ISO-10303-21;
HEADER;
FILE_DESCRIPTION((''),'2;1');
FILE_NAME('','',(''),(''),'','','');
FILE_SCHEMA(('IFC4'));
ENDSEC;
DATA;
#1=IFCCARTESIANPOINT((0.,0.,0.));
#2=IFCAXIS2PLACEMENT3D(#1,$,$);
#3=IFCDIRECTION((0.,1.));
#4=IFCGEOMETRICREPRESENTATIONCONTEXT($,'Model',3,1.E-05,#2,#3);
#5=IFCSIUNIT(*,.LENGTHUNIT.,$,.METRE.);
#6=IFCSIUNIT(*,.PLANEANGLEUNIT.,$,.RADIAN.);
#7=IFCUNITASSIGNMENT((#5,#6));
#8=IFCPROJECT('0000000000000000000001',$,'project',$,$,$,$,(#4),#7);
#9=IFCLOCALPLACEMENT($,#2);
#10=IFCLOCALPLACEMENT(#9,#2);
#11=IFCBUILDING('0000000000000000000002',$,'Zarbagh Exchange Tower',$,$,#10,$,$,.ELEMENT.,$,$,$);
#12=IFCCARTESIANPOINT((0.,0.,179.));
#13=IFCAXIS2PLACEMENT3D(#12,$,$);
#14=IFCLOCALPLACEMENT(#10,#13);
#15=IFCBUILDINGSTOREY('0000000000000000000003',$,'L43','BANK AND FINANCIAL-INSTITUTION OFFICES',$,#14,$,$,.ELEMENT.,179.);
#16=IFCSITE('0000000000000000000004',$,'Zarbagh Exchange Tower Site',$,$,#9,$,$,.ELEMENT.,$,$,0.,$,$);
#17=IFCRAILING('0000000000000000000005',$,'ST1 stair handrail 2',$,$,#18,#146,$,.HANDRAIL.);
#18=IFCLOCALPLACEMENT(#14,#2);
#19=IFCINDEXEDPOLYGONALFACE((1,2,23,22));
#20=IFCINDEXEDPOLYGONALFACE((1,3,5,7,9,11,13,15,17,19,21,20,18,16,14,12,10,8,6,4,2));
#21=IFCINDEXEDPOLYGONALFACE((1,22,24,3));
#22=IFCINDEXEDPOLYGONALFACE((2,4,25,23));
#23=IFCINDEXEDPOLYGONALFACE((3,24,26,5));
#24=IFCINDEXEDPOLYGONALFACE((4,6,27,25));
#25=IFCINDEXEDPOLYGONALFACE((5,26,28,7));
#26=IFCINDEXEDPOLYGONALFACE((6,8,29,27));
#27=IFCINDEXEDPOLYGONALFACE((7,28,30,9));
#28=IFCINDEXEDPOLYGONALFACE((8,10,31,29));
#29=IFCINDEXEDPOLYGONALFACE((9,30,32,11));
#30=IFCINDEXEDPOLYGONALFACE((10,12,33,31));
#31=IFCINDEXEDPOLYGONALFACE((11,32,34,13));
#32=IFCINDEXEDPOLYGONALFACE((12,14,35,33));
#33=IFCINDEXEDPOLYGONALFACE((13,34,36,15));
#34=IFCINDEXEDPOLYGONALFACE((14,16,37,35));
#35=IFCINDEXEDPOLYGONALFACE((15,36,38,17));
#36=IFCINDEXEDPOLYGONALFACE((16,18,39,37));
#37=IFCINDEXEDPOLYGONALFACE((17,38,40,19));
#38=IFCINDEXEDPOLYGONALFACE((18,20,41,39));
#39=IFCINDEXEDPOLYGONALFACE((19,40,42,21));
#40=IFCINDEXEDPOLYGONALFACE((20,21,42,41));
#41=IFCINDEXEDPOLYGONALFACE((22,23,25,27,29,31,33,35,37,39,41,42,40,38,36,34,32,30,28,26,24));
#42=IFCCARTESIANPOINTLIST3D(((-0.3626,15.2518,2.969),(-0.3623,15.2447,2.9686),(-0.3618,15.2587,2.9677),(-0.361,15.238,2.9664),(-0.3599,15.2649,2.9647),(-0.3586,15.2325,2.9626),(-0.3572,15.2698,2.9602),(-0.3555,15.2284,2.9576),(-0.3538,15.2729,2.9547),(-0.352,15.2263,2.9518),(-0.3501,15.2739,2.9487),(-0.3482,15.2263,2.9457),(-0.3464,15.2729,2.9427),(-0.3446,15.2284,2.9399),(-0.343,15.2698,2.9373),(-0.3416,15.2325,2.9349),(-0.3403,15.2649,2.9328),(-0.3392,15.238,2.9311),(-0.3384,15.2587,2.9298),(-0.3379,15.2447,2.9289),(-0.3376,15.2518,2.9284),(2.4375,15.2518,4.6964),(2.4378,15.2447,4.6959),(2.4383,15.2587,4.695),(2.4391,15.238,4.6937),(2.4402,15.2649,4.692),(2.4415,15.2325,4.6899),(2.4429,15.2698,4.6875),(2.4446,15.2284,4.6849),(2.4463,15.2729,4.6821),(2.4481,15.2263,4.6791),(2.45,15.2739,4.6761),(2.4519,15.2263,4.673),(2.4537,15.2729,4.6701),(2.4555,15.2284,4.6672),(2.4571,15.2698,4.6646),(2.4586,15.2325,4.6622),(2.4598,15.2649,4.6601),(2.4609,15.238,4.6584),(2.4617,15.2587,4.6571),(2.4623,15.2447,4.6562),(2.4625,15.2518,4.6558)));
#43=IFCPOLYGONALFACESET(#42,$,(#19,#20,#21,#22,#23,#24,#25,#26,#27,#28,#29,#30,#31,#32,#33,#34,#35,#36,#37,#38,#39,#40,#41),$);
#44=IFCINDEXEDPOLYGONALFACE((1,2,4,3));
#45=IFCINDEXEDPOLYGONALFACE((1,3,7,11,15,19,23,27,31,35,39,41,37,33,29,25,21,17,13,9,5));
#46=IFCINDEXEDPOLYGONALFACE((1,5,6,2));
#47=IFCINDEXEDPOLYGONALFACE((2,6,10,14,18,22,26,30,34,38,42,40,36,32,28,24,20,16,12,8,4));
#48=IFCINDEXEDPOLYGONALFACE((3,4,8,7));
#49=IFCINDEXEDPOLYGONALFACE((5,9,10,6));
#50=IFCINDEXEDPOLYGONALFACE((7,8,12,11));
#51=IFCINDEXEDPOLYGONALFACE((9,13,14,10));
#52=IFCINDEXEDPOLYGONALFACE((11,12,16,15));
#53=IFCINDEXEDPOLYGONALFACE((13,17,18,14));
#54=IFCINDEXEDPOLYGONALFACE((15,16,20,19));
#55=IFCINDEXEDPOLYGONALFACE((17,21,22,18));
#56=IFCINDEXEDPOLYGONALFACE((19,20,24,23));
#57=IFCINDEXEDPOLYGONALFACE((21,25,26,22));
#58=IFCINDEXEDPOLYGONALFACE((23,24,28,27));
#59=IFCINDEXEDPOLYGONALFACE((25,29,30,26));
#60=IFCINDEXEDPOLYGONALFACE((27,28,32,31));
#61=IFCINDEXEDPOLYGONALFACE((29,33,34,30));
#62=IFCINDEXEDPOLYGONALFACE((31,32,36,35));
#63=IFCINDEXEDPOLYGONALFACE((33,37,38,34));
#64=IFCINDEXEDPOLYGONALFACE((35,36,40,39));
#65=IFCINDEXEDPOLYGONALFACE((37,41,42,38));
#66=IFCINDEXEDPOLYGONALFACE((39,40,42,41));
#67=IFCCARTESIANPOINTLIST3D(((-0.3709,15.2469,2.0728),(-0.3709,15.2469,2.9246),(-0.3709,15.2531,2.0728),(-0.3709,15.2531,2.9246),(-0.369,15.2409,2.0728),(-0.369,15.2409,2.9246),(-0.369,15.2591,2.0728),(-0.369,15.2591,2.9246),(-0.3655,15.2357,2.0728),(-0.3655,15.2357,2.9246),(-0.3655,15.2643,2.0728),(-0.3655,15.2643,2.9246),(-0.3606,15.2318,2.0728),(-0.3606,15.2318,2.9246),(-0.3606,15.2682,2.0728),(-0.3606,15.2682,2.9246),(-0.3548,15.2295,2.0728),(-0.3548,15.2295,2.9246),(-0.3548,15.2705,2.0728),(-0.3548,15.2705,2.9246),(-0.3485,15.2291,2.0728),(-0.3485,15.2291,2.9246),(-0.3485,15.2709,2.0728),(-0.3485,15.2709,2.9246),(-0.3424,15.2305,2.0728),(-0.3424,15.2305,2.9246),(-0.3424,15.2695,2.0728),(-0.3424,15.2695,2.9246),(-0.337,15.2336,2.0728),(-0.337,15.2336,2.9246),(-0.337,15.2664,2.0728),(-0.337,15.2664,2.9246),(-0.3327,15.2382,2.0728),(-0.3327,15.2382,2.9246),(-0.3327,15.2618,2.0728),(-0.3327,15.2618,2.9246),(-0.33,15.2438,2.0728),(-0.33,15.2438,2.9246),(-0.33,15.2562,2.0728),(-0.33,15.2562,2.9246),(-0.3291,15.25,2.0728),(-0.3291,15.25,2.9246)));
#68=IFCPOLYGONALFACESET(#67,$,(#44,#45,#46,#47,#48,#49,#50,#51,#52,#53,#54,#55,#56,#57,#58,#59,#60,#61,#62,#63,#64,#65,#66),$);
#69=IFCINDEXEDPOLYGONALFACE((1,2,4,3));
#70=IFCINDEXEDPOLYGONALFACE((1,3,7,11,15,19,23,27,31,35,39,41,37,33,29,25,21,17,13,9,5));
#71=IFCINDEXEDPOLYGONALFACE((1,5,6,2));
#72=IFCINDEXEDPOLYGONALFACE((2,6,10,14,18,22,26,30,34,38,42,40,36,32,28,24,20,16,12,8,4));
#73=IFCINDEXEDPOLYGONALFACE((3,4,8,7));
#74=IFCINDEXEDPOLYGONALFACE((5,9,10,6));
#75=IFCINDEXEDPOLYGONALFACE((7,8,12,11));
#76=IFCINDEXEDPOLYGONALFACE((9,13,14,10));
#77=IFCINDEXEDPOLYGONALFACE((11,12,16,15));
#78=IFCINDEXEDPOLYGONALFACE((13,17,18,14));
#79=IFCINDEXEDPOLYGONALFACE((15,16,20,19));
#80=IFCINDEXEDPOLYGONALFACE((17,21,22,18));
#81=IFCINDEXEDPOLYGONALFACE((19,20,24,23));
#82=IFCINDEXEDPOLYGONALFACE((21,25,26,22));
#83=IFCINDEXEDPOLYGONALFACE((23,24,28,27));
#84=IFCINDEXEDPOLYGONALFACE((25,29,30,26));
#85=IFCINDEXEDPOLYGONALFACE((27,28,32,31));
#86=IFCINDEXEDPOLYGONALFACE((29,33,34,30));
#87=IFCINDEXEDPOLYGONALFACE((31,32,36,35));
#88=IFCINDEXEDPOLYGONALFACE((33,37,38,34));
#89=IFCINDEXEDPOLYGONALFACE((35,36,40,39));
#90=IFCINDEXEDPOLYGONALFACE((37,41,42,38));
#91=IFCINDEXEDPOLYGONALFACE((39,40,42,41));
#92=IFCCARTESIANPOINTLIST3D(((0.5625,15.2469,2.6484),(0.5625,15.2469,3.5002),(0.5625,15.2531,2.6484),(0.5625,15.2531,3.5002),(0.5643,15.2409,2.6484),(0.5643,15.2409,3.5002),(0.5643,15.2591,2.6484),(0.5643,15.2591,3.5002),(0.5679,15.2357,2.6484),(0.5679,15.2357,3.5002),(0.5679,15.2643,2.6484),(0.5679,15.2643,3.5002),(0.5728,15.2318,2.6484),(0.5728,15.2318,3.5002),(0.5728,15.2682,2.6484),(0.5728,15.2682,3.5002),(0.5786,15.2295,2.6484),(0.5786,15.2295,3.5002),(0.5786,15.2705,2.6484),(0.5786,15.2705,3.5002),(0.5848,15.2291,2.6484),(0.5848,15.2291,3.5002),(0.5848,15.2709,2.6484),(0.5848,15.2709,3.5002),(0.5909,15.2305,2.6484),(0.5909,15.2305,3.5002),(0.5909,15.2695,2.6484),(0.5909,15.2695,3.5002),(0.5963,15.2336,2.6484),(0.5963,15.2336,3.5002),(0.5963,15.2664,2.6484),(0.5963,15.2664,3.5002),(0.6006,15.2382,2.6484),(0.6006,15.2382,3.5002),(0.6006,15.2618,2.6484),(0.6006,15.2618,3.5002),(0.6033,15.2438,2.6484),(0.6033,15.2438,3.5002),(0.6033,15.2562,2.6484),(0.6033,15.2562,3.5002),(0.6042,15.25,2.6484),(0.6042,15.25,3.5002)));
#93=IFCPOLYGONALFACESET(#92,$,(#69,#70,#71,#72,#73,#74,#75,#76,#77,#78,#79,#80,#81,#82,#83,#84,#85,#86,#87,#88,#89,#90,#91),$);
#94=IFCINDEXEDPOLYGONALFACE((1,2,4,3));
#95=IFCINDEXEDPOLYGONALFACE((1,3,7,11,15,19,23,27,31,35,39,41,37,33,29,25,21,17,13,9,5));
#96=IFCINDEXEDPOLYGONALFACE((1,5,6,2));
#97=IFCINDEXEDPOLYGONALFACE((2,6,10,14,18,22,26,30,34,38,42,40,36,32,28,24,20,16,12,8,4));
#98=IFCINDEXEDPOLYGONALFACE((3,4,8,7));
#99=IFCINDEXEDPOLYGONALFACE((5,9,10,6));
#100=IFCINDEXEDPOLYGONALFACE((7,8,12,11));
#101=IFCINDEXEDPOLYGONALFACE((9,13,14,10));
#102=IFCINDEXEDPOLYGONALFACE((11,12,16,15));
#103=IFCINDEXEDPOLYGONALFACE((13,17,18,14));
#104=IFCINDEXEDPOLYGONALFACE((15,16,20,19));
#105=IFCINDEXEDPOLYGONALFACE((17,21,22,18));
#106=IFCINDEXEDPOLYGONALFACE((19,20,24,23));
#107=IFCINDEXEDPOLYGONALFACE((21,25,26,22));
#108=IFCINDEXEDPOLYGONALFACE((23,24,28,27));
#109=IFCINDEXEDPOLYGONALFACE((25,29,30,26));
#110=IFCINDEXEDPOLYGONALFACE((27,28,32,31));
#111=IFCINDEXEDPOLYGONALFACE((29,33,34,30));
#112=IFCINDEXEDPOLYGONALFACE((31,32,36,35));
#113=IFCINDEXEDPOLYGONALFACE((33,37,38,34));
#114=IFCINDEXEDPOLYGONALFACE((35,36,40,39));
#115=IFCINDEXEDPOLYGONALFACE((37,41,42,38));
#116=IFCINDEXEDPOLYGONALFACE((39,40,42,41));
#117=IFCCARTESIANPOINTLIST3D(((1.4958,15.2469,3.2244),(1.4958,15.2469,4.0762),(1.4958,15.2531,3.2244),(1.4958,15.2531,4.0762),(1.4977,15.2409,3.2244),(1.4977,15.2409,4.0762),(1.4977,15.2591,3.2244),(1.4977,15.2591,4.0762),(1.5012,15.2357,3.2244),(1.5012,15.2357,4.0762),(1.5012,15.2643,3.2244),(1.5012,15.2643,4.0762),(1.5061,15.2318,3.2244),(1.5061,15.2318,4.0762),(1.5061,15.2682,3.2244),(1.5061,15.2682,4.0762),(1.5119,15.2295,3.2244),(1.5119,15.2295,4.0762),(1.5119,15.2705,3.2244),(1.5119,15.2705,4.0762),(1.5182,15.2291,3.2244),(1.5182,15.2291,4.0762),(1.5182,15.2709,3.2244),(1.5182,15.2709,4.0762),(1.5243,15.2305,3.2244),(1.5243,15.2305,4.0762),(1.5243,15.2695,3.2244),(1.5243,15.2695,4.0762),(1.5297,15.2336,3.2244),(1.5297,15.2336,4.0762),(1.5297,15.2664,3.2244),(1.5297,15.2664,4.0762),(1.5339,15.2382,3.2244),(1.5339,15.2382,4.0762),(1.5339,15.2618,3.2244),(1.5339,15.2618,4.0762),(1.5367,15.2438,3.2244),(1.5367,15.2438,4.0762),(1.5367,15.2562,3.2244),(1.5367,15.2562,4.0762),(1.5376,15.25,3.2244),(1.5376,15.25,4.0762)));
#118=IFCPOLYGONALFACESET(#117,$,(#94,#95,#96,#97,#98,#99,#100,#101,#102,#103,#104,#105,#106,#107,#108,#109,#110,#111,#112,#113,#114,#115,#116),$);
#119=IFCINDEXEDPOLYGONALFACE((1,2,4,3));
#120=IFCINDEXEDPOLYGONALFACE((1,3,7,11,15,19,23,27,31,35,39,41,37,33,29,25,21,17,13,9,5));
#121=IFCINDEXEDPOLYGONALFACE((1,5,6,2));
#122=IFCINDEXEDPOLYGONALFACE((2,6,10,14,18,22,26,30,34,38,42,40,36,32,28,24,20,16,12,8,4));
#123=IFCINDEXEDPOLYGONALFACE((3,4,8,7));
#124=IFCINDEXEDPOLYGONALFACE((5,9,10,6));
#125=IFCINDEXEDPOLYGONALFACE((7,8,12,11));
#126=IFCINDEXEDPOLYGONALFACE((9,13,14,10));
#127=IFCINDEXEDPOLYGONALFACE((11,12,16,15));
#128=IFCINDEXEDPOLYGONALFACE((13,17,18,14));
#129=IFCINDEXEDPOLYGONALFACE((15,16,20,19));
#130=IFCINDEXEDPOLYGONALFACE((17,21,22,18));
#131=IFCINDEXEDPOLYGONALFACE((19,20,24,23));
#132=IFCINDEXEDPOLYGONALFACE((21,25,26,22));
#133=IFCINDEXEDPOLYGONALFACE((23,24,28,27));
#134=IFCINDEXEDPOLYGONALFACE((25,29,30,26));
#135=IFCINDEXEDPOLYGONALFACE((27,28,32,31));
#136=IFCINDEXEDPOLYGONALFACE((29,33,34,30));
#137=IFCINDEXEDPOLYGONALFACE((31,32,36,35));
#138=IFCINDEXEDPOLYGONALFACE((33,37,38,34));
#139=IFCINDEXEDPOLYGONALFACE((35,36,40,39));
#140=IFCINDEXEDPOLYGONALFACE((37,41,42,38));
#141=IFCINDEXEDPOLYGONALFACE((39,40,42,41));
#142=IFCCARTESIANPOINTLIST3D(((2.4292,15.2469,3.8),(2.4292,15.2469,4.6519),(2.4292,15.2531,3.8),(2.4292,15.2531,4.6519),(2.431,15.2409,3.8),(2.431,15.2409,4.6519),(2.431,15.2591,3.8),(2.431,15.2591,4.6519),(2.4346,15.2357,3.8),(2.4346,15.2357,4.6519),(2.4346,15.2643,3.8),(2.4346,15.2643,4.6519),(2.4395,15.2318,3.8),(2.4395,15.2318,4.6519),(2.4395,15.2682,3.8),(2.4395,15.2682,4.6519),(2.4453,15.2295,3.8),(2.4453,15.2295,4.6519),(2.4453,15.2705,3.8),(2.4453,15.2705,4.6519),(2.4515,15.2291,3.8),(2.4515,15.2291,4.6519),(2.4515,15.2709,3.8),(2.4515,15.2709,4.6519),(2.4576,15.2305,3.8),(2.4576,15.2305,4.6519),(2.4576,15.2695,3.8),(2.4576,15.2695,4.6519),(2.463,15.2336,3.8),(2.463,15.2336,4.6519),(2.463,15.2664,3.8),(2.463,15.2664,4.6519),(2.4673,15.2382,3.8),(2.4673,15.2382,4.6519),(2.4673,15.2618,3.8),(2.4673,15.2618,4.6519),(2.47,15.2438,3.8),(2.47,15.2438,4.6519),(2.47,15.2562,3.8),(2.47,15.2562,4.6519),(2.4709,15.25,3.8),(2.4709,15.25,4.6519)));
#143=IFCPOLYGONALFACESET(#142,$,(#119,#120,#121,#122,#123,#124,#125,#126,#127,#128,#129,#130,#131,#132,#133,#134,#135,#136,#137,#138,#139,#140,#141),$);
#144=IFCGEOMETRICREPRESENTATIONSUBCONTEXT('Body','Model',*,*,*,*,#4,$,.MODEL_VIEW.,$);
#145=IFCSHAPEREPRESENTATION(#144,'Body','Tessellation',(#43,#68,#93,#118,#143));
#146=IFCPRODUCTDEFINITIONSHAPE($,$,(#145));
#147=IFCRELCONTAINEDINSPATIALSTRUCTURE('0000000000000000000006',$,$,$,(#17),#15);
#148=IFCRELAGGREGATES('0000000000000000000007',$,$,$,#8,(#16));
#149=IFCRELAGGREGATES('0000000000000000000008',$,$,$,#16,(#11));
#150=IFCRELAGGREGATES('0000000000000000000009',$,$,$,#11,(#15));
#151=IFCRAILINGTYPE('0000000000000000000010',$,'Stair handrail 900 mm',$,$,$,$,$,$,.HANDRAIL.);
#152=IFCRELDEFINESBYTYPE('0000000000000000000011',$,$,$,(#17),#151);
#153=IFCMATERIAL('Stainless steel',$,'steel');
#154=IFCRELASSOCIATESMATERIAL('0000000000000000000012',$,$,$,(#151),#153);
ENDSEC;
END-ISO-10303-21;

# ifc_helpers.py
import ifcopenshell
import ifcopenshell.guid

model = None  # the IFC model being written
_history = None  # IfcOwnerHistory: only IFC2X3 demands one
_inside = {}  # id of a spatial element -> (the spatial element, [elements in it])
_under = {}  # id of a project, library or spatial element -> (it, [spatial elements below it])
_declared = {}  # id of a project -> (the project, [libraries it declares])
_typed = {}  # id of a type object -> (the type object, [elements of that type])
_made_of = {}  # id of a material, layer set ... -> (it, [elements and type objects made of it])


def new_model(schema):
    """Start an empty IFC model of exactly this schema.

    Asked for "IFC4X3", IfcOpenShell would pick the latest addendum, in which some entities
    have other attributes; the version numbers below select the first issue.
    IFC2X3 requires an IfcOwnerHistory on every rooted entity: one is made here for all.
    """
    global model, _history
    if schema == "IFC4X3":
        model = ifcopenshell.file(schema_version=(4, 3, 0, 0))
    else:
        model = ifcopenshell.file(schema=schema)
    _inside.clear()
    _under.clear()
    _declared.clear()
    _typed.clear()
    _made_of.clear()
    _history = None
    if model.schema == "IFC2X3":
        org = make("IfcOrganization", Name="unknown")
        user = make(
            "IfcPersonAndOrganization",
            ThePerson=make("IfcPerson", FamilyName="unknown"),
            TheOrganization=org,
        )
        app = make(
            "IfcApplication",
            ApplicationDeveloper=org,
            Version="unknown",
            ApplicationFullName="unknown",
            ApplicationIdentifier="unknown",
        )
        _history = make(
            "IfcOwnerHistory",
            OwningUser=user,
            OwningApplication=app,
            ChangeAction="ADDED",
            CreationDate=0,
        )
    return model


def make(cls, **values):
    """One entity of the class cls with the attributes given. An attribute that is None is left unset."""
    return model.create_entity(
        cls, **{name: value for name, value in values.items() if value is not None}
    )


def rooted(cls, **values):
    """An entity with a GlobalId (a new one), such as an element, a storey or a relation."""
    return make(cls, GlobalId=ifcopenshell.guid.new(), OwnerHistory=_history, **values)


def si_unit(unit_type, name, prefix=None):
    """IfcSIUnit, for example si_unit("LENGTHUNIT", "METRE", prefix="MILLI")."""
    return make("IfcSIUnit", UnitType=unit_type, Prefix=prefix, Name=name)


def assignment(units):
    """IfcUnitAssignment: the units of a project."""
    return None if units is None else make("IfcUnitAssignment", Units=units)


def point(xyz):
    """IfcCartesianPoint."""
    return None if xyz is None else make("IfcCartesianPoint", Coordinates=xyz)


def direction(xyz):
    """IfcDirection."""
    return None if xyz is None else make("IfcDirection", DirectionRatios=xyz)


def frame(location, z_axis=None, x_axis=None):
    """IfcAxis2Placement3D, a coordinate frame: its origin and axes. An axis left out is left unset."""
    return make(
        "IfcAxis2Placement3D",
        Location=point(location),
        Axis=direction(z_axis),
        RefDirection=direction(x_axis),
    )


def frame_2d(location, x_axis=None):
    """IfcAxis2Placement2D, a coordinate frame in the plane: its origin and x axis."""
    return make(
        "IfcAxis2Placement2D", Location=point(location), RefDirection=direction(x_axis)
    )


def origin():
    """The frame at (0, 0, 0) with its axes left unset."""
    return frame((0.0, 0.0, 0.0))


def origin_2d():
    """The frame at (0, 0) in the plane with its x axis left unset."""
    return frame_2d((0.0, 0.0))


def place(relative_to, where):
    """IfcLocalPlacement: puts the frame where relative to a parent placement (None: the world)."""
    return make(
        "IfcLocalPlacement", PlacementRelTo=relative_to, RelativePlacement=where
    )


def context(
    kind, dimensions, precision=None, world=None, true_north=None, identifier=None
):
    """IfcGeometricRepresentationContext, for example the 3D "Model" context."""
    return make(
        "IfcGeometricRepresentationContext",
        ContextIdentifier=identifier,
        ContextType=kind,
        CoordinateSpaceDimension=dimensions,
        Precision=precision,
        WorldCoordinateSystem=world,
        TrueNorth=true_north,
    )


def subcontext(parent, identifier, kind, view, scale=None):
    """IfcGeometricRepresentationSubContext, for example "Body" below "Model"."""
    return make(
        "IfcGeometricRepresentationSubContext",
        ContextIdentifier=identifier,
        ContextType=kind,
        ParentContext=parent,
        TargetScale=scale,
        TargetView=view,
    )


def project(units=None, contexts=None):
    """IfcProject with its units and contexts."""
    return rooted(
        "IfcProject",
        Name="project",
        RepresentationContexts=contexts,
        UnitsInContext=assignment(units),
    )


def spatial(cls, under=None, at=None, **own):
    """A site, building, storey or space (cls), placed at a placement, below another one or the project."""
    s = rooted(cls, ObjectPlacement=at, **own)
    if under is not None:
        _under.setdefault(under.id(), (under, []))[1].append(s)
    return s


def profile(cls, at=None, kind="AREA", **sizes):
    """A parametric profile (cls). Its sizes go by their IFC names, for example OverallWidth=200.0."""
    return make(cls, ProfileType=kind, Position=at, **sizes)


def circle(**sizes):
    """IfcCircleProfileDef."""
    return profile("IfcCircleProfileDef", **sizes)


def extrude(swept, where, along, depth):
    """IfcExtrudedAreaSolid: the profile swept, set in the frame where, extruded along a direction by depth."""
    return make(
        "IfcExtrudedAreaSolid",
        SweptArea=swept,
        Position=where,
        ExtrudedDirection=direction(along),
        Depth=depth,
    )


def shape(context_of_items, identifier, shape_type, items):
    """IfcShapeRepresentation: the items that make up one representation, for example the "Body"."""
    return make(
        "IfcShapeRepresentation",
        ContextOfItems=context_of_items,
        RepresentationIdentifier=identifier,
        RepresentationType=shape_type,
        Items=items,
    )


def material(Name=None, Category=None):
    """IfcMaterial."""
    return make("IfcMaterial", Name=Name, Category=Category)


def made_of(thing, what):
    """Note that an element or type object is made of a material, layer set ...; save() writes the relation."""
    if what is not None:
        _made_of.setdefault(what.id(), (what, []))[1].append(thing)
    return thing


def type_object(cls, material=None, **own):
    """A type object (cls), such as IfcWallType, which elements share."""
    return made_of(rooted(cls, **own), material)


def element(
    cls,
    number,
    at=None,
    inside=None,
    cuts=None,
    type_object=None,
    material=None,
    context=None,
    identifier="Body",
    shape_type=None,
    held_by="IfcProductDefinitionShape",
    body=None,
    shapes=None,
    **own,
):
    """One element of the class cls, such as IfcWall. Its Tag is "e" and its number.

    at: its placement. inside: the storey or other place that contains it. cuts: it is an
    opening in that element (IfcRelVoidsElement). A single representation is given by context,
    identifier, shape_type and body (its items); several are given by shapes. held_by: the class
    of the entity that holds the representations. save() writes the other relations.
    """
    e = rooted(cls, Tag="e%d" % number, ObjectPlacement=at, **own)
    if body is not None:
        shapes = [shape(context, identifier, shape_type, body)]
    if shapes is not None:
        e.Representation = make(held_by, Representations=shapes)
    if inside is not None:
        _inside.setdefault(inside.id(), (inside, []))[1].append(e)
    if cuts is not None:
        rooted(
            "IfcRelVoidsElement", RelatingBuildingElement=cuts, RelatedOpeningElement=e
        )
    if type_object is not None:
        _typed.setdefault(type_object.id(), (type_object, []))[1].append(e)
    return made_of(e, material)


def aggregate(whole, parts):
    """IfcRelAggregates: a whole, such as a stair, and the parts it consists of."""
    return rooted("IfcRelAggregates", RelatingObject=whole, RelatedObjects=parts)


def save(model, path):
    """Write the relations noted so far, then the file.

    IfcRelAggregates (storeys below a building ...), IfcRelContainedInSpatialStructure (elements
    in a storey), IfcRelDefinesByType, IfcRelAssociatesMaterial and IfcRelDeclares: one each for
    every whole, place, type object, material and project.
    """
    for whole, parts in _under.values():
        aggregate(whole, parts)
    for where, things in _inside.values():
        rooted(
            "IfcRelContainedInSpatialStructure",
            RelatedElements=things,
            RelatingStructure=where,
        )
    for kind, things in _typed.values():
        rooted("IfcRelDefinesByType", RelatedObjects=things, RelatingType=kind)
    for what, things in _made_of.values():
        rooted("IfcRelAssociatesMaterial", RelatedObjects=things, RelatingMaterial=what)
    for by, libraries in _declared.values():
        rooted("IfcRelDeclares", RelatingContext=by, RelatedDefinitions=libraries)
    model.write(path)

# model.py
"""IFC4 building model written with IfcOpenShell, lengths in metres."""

from ifc_helpers import new_model, si_unit, direction, frame, origin, origin_2d, place, context, subcontext, project, spatial, circle, extrude, material, type_object, element, save


model = new_model("IFC4")

# Units and contexts
model_context = context("Model", 3, precision=1e-05, world=origin(), true_north=direction((0.0, 1.0)))
body_context = subcontext(model_context, "Body", "Model", "MODEL_VIEW")
ifc_project = project(units=[si_unit("LENGTHUNIT", "METRE"), si_unit("PLANEANGLEUNIT", "RADIAN")], contexts=[model_context])

# Site, building, storey
site_placement = place(None, origin())
site = spatial("IfcSite", under=ifc_project, at=site_placement, Name="Zarbagh Exchange Tower Site", CompositionType="ELEMENT", RefElevation=0.0)
building_placement = place(site_placement, origin())
building = spatial("IfcBuilding", under=site, at=building_placement, Name="Zarbagh Exchange Tower", CompositionType="ELEMENT")
storey_placement = place(building_placement, frame((0.0, 0.0, 179.0)))
storey = spatial("IfcBuildingStorey", under=building, at=storey_placement, Name="L43", Description="BANK AND FINANCIAL-INSTITUTION OFFICES", CompositionType="ELEMENT", Elevation=179.0)

# Railing
ifc_material_1 = material(Name="Stainless steel", Category="steel")
railing_type_1 = type_object("IfcRailingType", Name="Stair handrail 900 mm", PredefinedType="HANDRAIL", material=ifc_material_1)
railing_1_placement = place(storey_placement, frame((-0.3501, 15.25, 2.0728)))
element("IfcRailing", 1, at=railing_1_placement, inside=storey, type_object=railing_type_1, Name="ST1 stair handrail 2", PredefinedType="HANDRAIL", context=body_context, shape_type="SweptSolid", body=[
    extrude(circle(Radius=0.0239, at=origin_2d()), frame((0.0, 0.0, 0.876), z_axis=(0.85109, 0.0, 0.52502), x_axis=(0.0, 1.0, 0.0)), (0.0, 0.0, 1.0), 3.29),
    extrude(circle(Radius=0.021, at=origin_2d()), origin(), (0.0, 0.0, 1.0), 0.8518),
    extrude(circle(Radius=0.021, at=origin_2d()), frame((0.9333, 0.0, 0.5757)), (0.0, 0.0, 1.0), 0.8518),
    extrude(circle(Radius=0.021, at=origin_2d()), frame((1.8667, 0.0, 1.1516)), (0.0, 0.0, 1.0), 0.8518),
    extrude(circle(Radius=0.021, at=origin_2d()), frame((2.8, 0.0, 1.7273)), (0.0, 0.0, 1.0), 0.8518),
])

save(model, "model.ifc")
